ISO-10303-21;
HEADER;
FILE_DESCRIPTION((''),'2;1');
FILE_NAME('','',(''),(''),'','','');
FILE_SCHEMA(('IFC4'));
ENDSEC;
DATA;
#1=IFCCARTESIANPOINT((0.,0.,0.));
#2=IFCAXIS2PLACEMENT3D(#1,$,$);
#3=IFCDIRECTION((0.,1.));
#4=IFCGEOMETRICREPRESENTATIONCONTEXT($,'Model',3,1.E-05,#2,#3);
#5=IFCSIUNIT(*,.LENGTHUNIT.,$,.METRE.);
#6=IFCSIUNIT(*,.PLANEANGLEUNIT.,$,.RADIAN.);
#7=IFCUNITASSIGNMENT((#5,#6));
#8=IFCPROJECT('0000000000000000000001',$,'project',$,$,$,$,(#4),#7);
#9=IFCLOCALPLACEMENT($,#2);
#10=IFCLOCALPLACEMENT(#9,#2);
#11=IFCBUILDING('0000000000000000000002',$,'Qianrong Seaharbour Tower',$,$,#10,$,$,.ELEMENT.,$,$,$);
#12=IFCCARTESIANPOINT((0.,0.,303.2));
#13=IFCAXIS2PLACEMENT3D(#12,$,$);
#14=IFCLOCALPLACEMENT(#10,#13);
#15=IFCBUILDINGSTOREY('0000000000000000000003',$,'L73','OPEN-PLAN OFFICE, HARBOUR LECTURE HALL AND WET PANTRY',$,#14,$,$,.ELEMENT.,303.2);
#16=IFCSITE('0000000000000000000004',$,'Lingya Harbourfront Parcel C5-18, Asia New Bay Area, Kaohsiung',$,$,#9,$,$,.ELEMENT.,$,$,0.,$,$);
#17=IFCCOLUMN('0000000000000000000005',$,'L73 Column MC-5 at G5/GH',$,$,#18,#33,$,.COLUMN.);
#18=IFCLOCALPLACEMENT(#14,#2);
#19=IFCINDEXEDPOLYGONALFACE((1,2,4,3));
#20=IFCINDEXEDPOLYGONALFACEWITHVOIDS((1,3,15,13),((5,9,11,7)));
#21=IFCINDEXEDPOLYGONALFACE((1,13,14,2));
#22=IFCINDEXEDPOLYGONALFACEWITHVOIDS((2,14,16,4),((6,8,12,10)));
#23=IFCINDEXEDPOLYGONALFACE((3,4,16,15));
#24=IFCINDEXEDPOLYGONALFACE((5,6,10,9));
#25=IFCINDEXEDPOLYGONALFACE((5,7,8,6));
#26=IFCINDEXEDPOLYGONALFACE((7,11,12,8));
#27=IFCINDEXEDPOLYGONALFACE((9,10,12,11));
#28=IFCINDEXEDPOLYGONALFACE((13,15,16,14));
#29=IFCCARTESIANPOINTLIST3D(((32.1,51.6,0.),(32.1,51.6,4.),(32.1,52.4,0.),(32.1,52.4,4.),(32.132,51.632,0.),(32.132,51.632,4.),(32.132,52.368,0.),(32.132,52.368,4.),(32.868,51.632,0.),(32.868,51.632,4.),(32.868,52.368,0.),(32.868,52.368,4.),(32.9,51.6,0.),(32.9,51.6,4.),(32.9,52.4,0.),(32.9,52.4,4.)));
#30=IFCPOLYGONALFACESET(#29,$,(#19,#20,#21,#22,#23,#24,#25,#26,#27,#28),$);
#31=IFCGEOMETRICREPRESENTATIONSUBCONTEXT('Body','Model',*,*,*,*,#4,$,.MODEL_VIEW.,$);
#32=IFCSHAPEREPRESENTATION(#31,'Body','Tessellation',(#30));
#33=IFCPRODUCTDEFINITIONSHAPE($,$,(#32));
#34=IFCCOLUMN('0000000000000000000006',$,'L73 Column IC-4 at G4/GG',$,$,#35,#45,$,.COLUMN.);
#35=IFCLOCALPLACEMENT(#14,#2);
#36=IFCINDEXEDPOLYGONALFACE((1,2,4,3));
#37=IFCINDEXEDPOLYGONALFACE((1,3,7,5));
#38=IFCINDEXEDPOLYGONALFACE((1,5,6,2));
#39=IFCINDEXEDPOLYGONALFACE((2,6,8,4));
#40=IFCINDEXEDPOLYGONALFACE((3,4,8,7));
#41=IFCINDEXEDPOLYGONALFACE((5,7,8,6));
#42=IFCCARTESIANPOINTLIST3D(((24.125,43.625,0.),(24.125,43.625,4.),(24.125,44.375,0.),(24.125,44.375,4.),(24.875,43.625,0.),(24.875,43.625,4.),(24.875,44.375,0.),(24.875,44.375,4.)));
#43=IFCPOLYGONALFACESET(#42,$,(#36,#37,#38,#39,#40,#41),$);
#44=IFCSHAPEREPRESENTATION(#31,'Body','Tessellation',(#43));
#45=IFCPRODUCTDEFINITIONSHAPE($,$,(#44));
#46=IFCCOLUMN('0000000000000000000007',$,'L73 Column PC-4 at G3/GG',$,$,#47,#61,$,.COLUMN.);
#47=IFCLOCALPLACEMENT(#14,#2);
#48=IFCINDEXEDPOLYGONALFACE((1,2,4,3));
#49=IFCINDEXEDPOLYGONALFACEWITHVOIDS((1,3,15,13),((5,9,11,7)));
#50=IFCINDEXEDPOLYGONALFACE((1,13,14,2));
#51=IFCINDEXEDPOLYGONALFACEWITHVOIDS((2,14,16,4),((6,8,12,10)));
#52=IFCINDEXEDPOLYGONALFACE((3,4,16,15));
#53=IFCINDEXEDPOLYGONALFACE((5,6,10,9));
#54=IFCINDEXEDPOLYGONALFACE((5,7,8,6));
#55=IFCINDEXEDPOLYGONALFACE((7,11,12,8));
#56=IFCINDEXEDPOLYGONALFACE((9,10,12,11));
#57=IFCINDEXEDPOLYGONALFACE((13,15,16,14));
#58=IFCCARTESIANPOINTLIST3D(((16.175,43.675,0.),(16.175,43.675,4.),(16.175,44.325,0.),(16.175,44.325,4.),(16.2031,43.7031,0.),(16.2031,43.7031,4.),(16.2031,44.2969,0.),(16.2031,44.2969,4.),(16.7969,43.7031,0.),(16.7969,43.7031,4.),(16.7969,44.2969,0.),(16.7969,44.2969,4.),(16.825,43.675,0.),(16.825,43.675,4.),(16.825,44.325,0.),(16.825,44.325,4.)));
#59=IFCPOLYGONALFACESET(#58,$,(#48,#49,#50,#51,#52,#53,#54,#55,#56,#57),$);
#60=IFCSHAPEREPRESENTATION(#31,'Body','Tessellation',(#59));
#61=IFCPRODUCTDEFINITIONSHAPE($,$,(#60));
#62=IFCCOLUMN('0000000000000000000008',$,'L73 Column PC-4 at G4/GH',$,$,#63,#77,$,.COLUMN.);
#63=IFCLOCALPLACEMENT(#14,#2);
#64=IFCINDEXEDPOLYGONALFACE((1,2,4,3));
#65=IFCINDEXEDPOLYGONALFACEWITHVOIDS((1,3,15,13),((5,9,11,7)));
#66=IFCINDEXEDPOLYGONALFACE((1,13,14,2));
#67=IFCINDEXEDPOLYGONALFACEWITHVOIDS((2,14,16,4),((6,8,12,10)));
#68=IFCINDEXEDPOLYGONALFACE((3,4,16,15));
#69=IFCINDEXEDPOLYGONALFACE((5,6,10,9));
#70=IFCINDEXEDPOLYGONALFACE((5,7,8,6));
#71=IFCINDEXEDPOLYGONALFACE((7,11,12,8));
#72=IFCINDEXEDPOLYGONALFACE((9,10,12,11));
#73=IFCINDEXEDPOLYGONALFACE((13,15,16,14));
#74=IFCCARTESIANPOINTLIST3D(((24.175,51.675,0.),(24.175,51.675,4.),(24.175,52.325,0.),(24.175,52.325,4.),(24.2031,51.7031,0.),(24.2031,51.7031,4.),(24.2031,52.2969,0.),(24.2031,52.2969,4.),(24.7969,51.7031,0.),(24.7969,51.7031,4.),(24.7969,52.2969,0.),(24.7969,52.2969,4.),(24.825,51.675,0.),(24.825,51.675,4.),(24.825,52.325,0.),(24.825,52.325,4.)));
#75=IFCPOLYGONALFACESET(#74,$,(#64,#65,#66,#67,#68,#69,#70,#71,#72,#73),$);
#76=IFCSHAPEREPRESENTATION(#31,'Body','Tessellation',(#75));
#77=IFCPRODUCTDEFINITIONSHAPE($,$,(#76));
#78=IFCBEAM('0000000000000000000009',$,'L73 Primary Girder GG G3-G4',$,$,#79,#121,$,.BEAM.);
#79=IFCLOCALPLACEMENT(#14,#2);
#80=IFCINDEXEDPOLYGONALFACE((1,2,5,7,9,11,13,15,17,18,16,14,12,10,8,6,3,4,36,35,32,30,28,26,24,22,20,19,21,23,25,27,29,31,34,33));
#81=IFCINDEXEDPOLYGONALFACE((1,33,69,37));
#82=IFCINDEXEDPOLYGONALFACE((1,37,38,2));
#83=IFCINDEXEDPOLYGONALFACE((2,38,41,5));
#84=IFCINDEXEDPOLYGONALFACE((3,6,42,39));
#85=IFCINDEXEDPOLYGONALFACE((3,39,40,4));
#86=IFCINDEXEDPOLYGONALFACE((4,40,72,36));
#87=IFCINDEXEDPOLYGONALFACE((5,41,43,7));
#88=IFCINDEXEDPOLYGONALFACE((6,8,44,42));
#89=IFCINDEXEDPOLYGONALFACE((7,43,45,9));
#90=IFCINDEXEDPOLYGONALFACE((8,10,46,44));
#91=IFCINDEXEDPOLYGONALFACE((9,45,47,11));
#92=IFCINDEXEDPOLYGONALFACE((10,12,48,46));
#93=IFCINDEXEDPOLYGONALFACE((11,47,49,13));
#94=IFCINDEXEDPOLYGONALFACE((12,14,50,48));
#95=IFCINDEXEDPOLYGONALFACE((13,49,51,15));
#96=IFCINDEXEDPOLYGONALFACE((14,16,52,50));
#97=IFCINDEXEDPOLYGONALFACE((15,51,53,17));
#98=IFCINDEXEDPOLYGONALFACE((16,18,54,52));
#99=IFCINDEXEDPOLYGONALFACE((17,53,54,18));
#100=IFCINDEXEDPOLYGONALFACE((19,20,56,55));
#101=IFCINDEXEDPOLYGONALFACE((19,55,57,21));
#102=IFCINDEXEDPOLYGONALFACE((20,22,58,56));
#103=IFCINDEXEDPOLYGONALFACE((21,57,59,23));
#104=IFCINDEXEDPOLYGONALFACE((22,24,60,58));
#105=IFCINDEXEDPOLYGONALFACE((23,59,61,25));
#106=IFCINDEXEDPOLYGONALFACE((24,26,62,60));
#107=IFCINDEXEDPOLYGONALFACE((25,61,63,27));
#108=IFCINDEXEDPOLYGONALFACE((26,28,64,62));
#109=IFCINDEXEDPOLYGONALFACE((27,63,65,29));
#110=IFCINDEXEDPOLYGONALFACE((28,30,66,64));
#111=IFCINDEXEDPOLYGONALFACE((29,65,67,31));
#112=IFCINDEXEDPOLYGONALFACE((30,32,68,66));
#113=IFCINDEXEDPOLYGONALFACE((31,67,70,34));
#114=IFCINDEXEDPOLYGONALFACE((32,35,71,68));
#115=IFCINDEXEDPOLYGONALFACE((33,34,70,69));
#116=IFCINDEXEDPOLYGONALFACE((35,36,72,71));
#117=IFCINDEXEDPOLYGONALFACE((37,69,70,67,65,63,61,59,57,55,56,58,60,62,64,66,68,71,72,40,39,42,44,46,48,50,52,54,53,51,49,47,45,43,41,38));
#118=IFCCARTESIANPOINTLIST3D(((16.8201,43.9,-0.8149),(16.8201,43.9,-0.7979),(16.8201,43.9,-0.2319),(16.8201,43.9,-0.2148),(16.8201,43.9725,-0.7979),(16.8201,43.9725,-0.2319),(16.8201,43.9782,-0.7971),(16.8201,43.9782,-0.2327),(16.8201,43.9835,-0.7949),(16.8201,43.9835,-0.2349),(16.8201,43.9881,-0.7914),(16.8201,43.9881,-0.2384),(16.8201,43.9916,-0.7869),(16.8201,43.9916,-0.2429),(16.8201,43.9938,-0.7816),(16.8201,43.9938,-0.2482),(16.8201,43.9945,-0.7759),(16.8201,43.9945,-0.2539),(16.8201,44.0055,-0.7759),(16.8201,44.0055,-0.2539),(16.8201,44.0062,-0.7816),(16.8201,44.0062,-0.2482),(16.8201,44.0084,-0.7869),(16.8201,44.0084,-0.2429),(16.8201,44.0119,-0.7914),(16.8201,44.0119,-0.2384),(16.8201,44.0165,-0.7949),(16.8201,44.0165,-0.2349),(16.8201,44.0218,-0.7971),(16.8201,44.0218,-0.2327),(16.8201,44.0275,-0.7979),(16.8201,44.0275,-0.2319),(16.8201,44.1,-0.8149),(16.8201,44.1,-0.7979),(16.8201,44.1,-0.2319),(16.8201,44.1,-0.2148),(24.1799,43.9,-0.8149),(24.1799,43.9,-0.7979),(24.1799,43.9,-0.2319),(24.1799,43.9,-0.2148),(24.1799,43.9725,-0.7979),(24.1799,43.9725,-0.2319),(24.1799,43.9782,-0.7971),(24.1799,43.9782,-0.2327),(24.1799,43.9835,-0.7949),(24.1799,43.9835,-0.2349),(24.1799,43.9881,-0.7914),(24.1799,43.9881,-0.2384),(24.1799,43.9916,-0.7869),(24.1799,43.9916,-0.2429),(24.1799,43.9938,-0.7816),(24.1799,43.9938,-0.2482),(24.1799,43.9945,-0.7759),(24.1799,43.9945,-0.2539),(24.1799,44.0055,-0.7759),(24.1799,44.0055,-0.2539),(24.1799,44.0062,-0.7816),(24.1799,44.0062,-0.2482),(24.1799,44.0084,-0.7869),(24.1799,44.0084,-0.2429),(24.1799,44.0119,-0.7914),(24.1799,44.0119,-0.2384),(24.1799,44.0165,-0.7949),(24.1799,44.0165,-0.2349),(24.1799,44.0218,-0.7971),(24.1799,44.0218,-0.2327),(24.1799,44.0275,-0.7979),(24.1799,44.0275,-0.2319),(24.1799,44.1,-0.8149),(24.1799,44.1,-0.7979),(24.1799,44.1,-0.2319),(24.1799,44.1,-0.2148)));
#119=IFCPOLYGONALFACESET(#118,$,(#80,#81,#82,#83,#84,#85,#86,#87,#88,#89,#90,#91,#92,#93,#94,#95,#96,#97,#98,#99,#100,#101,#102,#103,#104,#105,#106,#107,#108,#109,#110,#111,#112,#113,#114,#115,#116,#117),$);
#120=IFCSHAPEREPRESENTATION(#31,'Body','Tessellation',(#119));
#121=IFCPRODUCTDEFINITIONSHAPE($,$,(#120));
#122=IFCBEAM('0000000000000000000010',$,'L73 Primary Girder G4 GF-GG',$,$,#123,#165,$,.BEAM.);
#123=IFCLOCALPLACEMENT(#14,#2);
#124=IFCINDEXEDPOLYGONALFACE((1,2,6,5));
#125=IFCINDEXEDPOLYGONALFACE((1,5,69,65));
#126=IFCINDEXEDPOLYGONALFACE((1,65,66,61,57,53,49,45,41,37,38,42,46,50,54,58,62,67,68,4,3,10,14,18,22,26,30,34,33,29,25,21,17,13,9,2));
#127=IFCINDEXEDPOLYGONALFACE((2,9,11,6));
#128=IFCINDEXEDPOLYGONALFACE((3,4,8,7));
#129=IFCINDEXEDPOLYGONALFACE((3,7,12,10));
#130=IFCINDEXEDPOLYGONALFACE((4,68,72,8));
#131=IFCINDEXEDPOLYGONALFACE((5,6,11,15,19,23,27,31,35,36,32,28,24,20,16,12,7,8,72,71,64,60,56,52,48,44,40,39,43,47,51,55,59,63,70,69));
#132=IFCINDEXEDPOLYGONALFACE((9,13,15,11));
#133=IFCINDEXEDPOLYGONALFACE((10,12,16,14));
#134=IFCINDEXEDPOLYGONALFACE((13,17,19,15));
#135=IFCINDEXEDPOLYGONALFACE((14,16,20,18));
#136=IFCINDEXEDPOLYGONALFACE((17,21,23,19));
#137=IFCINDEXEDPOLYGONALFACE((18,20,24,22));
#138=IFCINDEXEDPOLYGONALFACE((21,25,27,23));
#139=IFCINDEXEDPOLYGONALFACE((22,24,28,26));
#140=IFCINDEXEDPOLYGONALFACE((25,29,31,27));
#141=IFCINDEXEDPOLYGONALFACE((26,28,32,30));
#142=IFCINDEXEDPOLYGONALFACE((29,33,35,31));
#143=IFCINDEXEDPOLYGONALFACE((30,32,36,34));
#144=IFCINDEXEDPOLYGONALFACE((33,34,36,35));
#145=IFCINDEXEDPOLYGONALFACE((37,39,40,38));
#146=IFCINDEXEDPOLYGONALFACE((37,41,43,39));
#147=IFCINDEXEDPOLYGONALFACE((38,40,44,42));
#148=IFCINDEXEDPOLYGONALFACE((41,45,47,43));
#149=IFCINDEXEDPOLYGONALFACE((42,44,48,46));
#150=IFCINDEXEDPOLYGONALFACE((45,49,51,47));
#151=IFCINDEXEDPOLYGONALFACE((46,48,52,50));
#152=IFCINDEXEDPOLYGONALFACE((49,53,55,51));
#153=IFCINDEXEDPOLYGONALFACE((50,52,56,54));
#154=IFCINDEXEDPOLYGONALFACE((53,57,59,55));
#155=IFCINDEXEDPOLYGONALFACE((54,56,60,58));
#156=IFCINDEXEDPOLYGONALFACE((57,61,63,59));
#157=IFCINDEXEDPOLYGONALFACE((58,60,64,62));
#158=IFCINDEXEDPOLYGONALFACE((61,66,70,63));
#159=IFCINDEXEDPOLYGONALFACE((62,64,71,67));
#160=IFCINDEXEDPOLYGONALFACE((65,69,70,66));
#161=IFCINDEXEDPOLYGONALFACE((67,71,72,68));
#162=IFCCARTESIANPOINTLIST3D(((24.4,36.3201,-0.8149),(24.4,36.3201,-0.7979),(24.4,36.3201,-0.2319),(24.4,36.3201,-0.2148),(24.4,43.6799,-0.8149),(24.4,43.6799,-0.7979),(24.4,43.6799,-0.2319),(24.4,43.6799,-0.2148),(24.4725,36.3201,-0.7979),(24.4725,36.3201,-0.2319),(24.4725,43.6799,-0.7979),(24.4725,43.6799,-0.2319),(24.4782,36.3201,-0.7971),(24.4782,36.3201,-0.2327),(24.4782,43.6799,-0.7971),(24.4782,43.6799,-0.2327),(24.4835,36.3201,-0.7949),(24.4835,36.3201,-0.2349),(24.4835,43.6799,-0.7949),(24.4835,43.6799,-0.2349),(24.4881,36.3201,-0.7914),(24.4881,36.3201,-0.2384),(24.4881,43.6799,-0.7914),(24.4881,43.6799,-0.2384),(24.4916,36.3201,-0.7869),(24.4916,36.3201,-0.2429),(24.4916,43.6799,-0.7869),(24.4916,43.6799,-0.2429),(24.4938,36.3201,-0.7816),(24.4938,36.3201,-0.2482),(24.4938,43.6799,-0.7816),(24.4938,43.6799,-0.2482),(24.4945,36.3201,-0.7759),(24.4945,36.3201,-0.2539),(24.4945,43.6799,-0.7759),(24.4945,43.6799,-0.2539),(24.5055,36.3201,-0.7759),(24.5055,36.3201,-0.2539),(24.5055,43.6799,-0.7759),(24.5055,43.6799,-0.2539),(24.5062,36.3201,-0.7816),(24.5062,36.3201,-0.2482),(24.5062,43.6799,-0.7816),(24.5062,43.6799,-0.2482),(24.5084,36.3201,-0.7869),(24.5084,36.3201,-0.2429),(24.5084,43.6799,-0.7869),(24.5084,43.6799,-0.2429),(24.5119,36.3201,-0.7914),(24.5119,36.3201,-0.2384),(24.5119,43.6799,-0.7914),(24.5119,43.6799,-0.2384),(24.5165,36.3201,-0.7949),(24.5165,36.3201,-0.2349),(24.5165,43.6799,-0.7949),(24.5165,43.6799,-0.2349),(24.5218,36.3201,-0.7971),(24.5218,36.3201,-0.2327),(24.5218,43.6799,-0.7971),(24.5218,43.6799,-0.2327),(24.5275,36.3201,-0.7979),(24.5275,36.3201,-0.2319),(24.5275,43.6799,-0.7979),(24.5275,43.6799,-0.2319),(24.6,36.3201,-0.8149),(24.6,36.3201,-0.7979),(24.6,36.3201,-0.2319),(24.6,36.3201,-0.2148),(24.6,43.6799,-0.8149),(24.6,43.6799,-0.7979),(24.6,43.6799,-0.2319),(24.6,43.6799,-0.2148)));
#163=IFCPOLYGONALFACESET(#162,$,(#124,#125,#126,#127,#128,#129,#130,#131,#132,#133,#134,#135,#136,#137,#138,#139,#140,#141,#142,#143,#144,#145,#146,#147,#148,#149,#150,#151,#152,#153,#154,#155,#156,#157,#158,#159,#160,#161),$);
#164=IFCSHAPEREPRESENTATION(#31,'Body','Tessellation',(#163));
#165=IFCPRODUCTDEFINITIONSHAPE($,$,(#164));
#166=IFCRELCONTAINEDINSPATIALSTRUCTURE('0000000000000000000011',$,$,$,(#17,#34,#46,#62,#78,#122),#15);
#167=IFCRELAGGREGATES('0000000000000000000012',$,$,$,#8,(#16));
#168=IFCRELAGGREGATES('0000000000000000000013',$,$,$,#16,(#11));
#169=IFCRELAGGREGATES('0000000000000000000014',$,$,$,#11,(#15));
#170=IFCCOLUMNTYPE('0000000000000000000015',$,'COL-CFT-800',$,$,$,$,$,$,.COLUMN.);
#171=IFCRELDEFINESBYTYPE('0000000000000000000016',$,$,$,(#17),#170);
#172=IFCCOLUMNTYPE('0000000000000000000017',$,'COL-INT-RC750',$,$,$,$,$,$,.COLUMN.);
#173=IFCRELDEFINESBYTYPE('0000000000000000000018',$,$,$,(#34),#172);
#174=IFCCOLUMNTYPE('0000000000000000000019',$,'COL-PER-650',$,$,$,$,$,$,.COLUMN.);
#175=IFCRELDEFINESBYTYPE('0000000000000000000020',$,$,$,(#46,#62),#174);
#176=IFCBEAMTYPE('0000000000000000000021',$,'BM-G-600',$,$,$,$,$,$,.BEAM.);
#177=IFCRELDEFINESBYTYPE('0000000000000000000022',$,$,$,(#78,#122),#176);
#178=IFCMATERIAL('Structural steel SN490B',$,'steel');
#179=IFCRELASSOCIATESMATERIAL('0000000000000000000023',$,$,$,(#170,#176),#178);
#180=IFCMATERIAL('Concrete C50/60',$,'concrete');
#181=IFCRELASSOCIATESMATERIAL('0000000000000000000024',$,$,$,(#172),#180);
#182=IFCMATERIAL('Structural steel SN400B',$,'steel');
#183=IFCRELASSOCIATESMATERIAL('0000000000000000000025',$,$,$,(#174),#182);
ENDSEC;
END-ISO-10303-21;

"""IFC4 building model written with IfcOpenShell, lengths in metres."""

from ifc_helpers import new_model, si_unit, direction, frame, origin, origin_2d, place, context, subcontext, project, spatial, rectangle, hollow_rectangle, i_section, extrude, material, material_profile, profile_set, type_object, element, save


model = new_model("IFC4")

# Units and contexts
model_context = context("Model", 3, precision=1e-05, world=origin(), true_north=direction((0.0, 1.0)))
body_context = subcontext(model_context, "Body", "Model", "MODEL_VIEW")
ifc_project = project(units=[si_unit("LENGTHUNIT", "METRE"), si_unit("PLANEANGLEUNIT", "RADIAN")], contexts=[model_context])

# Site, building, storey
site_placement = place(None, origin())
site = spatial("IfcSite", under=ifc_project, at=site_placement, Name="Lingya Harbourfront Parcel C5-18, Asia New Bay Area, Kaohsiung", CompositionType="ELEMENT", RefElevation=0.0)
building_placement = place(site_placement, origin())
building = spatial("IfcBuilding", under=site, at=building_placement, Name="Qianrong Seaharbour Tower", CompositionType="ELEMENT")
storey_placement = place(building_placement, frame((0.0, 0.0, 303.2)))
storey = spatial("IfcBuildingStorey", under=building, at=storey_placement, Name="L73", Description="OPEN-PLAN OFFICE, HARBOUR LECTURE HALL AND WET PANTRY", CompositionType="ELEMENT", Elevation=303.2)

# Columns
ifc_material_1 = material(Name="Structural steel SN490B", Category="steel")
ifc_material_profile_1 = material_profile(ifc_material_1, hollow_rectangle(XDim=0.8, YDim=0.8, WallThickness=0.032, at=origin_2d()), Name="BOX800x800x32")
ifc_profile_set_1 = profile_set([ifc_material_profile_1], Name="Structural steel SN490B")
column_type_1 = type_object("IfcColumnType", Name="COL-CFT-800", PredefinedType="COLUMN", material=ifc_profile_set_1)
column_1_placement = place(storey_placement, frame((32.5, 52.0, 0.0), z_axis=(0.0, 0.0, 1.0), x_axis=(1.0, 0.0, 0.0)))
element("IfcColumn", 1, at=column_1_placement, inside=storey, type_object=column_type_1, Name="L73 Column MC-5 at G5/GH", PredefinedType="COLUMN", context=body_context, shape_type="SweptSolid", body=[
    extrude(hollow_rectangle(XDim=0.8, YDim=0.8, WallThickness=0.032, at=origin_2d()), origin(), (0.0, 0.0, 1.0), 4.0),
])
ifc_material_2 = material(Name="Concrete C50/60", Category="concrete")
ifc_material_profile_2 = material_profile(ifc_material_2, rectangle(XDim=0.75, YDim=0.75, at=origin_2d()), Name="RC750x750")
ifc_profile_set_2 = profile_set([ifc_material_profile_2], Name="Concrete C50/60")
column_type_2 = type_object("IfcColumnType", Name="COL-INT-RC750", PredefinedType="COLUMN", material=ifc_profile_set_2)
column_2_placement = place(storey_placement, frame((24.5, 44.0, 0.0), z_axis=(0.0, 0.0, 1.0), x_axis=(1.0, 0.0, 0.0)))
element("IfcColumn", 2, at=column_2_placement, inside=storey, type_object=column_type_2, Name="L73 Column IC-4 at G4/GG", PredefinedType="COLUMN", context=body_context, shape_type="SweptSolid", body=[
    extrude(rectangle(XDim=0.75, YDim=0.75, at=origin_2d()), origin(), (0.0, 0.0, 1.0), 4.0),
])
ifc_material_3 = material(Name="Structural steel SN400B", Category="steel")
ifc_material_profile_3 = material_profile(ifc_material_3, hollow_rectangle(XDim=0.6499, YDim=0.6499, WallThickness=0.0281, at=origin_2d()), Name="BOX650x650x28")
ifc_profile_set_3 = profile_set([ifc_material_profile_3], Name="Structural steel SN400B")
column_type_3 = type_object("IfcColumnType", Name="COL-PER-650", PredefinedType="COLUMN", material=ifc_profile_set_3)
for number, where, z_axis, x_axis, name in (
    (3, (16.5, 44.0, 0.0), (0.0, 0.0, 1.0), (1.0, 0.0, 0.0), "L73 Column PC-4 at G3/GG"),
    (4, (24.5, 52.0, 0.0), (0.0, 0.0, 1.0), (1.0, 0.0, 0.0), "L73 Column PC-4 at G4/GH"),
):
    element("IfcColumn", number, at=place(storey_placement, frame(where, z_axis=z_axis, x_axis=x_axis)), inside=storey, type_object=column_type_3, Name=name, PredefinedType="COLUMN", context=body_context, shape_type="SweptSolid", body=[
        extrude(hollow_rectangle(XDim=0.6499, YDim=0.6499, WallThickness=0.0281, at=origin_2d()), origin(), (0.0, 0.0, 1.0), 4.0),
    ])

# Beams
ifc_material_profile_4 = material_profile(ifc_material_1, i_section(OverallWidth=0.2, OverallDepth=0.6001, WebThickness=0.011, FlangeThickness=0.0171, FilletRadius=0.022, at=origin_2d()), Name="H600x200x11x17")
ifc_profile_set_4 = profile_set([ifc_material_profile_4], Name="Structural steel SN490B")
beam_type_1 = type_object("IfcBeamType", Name="BM-G-600", PredefinedType="BEAM", material=ifc_profile_set_4)
for number, where, z_axis, x_axis, name in (
    (5, (16.8201, 44.0, -0.5149), (1.0, 0.0, 0.0), (0.0, 1.0, 0.0), "L73 Primary Girder GG G3-G4"),
    (6, (24.5, 36.3201, -0.5149), (0.0, 1.0, 0.0), (-1.0, 0.0, 0.0), "L73 Primary Girder G4 GF-GG"),
):
    element("IfcBeam", number, at=place(storey_placement, frame(where, z_axis=z_axis, x_axis=x_axis)), inside=storey, type_object=beam_type_1, Name=name, PredefinedType="BEAM", context=body_context, shape_type="SweptSolid", body=[
        extrude(i_section(OverallWidth=0.2, OverallDepth=0.6001, WebThickness=0.011, FlangeThickness=0.0171, FilletRadius=0.022, at=origin_2d()), origin(), (0.0, 0.0, 1.0), 7.3599),
    ])

save(model, "model.ifc")
